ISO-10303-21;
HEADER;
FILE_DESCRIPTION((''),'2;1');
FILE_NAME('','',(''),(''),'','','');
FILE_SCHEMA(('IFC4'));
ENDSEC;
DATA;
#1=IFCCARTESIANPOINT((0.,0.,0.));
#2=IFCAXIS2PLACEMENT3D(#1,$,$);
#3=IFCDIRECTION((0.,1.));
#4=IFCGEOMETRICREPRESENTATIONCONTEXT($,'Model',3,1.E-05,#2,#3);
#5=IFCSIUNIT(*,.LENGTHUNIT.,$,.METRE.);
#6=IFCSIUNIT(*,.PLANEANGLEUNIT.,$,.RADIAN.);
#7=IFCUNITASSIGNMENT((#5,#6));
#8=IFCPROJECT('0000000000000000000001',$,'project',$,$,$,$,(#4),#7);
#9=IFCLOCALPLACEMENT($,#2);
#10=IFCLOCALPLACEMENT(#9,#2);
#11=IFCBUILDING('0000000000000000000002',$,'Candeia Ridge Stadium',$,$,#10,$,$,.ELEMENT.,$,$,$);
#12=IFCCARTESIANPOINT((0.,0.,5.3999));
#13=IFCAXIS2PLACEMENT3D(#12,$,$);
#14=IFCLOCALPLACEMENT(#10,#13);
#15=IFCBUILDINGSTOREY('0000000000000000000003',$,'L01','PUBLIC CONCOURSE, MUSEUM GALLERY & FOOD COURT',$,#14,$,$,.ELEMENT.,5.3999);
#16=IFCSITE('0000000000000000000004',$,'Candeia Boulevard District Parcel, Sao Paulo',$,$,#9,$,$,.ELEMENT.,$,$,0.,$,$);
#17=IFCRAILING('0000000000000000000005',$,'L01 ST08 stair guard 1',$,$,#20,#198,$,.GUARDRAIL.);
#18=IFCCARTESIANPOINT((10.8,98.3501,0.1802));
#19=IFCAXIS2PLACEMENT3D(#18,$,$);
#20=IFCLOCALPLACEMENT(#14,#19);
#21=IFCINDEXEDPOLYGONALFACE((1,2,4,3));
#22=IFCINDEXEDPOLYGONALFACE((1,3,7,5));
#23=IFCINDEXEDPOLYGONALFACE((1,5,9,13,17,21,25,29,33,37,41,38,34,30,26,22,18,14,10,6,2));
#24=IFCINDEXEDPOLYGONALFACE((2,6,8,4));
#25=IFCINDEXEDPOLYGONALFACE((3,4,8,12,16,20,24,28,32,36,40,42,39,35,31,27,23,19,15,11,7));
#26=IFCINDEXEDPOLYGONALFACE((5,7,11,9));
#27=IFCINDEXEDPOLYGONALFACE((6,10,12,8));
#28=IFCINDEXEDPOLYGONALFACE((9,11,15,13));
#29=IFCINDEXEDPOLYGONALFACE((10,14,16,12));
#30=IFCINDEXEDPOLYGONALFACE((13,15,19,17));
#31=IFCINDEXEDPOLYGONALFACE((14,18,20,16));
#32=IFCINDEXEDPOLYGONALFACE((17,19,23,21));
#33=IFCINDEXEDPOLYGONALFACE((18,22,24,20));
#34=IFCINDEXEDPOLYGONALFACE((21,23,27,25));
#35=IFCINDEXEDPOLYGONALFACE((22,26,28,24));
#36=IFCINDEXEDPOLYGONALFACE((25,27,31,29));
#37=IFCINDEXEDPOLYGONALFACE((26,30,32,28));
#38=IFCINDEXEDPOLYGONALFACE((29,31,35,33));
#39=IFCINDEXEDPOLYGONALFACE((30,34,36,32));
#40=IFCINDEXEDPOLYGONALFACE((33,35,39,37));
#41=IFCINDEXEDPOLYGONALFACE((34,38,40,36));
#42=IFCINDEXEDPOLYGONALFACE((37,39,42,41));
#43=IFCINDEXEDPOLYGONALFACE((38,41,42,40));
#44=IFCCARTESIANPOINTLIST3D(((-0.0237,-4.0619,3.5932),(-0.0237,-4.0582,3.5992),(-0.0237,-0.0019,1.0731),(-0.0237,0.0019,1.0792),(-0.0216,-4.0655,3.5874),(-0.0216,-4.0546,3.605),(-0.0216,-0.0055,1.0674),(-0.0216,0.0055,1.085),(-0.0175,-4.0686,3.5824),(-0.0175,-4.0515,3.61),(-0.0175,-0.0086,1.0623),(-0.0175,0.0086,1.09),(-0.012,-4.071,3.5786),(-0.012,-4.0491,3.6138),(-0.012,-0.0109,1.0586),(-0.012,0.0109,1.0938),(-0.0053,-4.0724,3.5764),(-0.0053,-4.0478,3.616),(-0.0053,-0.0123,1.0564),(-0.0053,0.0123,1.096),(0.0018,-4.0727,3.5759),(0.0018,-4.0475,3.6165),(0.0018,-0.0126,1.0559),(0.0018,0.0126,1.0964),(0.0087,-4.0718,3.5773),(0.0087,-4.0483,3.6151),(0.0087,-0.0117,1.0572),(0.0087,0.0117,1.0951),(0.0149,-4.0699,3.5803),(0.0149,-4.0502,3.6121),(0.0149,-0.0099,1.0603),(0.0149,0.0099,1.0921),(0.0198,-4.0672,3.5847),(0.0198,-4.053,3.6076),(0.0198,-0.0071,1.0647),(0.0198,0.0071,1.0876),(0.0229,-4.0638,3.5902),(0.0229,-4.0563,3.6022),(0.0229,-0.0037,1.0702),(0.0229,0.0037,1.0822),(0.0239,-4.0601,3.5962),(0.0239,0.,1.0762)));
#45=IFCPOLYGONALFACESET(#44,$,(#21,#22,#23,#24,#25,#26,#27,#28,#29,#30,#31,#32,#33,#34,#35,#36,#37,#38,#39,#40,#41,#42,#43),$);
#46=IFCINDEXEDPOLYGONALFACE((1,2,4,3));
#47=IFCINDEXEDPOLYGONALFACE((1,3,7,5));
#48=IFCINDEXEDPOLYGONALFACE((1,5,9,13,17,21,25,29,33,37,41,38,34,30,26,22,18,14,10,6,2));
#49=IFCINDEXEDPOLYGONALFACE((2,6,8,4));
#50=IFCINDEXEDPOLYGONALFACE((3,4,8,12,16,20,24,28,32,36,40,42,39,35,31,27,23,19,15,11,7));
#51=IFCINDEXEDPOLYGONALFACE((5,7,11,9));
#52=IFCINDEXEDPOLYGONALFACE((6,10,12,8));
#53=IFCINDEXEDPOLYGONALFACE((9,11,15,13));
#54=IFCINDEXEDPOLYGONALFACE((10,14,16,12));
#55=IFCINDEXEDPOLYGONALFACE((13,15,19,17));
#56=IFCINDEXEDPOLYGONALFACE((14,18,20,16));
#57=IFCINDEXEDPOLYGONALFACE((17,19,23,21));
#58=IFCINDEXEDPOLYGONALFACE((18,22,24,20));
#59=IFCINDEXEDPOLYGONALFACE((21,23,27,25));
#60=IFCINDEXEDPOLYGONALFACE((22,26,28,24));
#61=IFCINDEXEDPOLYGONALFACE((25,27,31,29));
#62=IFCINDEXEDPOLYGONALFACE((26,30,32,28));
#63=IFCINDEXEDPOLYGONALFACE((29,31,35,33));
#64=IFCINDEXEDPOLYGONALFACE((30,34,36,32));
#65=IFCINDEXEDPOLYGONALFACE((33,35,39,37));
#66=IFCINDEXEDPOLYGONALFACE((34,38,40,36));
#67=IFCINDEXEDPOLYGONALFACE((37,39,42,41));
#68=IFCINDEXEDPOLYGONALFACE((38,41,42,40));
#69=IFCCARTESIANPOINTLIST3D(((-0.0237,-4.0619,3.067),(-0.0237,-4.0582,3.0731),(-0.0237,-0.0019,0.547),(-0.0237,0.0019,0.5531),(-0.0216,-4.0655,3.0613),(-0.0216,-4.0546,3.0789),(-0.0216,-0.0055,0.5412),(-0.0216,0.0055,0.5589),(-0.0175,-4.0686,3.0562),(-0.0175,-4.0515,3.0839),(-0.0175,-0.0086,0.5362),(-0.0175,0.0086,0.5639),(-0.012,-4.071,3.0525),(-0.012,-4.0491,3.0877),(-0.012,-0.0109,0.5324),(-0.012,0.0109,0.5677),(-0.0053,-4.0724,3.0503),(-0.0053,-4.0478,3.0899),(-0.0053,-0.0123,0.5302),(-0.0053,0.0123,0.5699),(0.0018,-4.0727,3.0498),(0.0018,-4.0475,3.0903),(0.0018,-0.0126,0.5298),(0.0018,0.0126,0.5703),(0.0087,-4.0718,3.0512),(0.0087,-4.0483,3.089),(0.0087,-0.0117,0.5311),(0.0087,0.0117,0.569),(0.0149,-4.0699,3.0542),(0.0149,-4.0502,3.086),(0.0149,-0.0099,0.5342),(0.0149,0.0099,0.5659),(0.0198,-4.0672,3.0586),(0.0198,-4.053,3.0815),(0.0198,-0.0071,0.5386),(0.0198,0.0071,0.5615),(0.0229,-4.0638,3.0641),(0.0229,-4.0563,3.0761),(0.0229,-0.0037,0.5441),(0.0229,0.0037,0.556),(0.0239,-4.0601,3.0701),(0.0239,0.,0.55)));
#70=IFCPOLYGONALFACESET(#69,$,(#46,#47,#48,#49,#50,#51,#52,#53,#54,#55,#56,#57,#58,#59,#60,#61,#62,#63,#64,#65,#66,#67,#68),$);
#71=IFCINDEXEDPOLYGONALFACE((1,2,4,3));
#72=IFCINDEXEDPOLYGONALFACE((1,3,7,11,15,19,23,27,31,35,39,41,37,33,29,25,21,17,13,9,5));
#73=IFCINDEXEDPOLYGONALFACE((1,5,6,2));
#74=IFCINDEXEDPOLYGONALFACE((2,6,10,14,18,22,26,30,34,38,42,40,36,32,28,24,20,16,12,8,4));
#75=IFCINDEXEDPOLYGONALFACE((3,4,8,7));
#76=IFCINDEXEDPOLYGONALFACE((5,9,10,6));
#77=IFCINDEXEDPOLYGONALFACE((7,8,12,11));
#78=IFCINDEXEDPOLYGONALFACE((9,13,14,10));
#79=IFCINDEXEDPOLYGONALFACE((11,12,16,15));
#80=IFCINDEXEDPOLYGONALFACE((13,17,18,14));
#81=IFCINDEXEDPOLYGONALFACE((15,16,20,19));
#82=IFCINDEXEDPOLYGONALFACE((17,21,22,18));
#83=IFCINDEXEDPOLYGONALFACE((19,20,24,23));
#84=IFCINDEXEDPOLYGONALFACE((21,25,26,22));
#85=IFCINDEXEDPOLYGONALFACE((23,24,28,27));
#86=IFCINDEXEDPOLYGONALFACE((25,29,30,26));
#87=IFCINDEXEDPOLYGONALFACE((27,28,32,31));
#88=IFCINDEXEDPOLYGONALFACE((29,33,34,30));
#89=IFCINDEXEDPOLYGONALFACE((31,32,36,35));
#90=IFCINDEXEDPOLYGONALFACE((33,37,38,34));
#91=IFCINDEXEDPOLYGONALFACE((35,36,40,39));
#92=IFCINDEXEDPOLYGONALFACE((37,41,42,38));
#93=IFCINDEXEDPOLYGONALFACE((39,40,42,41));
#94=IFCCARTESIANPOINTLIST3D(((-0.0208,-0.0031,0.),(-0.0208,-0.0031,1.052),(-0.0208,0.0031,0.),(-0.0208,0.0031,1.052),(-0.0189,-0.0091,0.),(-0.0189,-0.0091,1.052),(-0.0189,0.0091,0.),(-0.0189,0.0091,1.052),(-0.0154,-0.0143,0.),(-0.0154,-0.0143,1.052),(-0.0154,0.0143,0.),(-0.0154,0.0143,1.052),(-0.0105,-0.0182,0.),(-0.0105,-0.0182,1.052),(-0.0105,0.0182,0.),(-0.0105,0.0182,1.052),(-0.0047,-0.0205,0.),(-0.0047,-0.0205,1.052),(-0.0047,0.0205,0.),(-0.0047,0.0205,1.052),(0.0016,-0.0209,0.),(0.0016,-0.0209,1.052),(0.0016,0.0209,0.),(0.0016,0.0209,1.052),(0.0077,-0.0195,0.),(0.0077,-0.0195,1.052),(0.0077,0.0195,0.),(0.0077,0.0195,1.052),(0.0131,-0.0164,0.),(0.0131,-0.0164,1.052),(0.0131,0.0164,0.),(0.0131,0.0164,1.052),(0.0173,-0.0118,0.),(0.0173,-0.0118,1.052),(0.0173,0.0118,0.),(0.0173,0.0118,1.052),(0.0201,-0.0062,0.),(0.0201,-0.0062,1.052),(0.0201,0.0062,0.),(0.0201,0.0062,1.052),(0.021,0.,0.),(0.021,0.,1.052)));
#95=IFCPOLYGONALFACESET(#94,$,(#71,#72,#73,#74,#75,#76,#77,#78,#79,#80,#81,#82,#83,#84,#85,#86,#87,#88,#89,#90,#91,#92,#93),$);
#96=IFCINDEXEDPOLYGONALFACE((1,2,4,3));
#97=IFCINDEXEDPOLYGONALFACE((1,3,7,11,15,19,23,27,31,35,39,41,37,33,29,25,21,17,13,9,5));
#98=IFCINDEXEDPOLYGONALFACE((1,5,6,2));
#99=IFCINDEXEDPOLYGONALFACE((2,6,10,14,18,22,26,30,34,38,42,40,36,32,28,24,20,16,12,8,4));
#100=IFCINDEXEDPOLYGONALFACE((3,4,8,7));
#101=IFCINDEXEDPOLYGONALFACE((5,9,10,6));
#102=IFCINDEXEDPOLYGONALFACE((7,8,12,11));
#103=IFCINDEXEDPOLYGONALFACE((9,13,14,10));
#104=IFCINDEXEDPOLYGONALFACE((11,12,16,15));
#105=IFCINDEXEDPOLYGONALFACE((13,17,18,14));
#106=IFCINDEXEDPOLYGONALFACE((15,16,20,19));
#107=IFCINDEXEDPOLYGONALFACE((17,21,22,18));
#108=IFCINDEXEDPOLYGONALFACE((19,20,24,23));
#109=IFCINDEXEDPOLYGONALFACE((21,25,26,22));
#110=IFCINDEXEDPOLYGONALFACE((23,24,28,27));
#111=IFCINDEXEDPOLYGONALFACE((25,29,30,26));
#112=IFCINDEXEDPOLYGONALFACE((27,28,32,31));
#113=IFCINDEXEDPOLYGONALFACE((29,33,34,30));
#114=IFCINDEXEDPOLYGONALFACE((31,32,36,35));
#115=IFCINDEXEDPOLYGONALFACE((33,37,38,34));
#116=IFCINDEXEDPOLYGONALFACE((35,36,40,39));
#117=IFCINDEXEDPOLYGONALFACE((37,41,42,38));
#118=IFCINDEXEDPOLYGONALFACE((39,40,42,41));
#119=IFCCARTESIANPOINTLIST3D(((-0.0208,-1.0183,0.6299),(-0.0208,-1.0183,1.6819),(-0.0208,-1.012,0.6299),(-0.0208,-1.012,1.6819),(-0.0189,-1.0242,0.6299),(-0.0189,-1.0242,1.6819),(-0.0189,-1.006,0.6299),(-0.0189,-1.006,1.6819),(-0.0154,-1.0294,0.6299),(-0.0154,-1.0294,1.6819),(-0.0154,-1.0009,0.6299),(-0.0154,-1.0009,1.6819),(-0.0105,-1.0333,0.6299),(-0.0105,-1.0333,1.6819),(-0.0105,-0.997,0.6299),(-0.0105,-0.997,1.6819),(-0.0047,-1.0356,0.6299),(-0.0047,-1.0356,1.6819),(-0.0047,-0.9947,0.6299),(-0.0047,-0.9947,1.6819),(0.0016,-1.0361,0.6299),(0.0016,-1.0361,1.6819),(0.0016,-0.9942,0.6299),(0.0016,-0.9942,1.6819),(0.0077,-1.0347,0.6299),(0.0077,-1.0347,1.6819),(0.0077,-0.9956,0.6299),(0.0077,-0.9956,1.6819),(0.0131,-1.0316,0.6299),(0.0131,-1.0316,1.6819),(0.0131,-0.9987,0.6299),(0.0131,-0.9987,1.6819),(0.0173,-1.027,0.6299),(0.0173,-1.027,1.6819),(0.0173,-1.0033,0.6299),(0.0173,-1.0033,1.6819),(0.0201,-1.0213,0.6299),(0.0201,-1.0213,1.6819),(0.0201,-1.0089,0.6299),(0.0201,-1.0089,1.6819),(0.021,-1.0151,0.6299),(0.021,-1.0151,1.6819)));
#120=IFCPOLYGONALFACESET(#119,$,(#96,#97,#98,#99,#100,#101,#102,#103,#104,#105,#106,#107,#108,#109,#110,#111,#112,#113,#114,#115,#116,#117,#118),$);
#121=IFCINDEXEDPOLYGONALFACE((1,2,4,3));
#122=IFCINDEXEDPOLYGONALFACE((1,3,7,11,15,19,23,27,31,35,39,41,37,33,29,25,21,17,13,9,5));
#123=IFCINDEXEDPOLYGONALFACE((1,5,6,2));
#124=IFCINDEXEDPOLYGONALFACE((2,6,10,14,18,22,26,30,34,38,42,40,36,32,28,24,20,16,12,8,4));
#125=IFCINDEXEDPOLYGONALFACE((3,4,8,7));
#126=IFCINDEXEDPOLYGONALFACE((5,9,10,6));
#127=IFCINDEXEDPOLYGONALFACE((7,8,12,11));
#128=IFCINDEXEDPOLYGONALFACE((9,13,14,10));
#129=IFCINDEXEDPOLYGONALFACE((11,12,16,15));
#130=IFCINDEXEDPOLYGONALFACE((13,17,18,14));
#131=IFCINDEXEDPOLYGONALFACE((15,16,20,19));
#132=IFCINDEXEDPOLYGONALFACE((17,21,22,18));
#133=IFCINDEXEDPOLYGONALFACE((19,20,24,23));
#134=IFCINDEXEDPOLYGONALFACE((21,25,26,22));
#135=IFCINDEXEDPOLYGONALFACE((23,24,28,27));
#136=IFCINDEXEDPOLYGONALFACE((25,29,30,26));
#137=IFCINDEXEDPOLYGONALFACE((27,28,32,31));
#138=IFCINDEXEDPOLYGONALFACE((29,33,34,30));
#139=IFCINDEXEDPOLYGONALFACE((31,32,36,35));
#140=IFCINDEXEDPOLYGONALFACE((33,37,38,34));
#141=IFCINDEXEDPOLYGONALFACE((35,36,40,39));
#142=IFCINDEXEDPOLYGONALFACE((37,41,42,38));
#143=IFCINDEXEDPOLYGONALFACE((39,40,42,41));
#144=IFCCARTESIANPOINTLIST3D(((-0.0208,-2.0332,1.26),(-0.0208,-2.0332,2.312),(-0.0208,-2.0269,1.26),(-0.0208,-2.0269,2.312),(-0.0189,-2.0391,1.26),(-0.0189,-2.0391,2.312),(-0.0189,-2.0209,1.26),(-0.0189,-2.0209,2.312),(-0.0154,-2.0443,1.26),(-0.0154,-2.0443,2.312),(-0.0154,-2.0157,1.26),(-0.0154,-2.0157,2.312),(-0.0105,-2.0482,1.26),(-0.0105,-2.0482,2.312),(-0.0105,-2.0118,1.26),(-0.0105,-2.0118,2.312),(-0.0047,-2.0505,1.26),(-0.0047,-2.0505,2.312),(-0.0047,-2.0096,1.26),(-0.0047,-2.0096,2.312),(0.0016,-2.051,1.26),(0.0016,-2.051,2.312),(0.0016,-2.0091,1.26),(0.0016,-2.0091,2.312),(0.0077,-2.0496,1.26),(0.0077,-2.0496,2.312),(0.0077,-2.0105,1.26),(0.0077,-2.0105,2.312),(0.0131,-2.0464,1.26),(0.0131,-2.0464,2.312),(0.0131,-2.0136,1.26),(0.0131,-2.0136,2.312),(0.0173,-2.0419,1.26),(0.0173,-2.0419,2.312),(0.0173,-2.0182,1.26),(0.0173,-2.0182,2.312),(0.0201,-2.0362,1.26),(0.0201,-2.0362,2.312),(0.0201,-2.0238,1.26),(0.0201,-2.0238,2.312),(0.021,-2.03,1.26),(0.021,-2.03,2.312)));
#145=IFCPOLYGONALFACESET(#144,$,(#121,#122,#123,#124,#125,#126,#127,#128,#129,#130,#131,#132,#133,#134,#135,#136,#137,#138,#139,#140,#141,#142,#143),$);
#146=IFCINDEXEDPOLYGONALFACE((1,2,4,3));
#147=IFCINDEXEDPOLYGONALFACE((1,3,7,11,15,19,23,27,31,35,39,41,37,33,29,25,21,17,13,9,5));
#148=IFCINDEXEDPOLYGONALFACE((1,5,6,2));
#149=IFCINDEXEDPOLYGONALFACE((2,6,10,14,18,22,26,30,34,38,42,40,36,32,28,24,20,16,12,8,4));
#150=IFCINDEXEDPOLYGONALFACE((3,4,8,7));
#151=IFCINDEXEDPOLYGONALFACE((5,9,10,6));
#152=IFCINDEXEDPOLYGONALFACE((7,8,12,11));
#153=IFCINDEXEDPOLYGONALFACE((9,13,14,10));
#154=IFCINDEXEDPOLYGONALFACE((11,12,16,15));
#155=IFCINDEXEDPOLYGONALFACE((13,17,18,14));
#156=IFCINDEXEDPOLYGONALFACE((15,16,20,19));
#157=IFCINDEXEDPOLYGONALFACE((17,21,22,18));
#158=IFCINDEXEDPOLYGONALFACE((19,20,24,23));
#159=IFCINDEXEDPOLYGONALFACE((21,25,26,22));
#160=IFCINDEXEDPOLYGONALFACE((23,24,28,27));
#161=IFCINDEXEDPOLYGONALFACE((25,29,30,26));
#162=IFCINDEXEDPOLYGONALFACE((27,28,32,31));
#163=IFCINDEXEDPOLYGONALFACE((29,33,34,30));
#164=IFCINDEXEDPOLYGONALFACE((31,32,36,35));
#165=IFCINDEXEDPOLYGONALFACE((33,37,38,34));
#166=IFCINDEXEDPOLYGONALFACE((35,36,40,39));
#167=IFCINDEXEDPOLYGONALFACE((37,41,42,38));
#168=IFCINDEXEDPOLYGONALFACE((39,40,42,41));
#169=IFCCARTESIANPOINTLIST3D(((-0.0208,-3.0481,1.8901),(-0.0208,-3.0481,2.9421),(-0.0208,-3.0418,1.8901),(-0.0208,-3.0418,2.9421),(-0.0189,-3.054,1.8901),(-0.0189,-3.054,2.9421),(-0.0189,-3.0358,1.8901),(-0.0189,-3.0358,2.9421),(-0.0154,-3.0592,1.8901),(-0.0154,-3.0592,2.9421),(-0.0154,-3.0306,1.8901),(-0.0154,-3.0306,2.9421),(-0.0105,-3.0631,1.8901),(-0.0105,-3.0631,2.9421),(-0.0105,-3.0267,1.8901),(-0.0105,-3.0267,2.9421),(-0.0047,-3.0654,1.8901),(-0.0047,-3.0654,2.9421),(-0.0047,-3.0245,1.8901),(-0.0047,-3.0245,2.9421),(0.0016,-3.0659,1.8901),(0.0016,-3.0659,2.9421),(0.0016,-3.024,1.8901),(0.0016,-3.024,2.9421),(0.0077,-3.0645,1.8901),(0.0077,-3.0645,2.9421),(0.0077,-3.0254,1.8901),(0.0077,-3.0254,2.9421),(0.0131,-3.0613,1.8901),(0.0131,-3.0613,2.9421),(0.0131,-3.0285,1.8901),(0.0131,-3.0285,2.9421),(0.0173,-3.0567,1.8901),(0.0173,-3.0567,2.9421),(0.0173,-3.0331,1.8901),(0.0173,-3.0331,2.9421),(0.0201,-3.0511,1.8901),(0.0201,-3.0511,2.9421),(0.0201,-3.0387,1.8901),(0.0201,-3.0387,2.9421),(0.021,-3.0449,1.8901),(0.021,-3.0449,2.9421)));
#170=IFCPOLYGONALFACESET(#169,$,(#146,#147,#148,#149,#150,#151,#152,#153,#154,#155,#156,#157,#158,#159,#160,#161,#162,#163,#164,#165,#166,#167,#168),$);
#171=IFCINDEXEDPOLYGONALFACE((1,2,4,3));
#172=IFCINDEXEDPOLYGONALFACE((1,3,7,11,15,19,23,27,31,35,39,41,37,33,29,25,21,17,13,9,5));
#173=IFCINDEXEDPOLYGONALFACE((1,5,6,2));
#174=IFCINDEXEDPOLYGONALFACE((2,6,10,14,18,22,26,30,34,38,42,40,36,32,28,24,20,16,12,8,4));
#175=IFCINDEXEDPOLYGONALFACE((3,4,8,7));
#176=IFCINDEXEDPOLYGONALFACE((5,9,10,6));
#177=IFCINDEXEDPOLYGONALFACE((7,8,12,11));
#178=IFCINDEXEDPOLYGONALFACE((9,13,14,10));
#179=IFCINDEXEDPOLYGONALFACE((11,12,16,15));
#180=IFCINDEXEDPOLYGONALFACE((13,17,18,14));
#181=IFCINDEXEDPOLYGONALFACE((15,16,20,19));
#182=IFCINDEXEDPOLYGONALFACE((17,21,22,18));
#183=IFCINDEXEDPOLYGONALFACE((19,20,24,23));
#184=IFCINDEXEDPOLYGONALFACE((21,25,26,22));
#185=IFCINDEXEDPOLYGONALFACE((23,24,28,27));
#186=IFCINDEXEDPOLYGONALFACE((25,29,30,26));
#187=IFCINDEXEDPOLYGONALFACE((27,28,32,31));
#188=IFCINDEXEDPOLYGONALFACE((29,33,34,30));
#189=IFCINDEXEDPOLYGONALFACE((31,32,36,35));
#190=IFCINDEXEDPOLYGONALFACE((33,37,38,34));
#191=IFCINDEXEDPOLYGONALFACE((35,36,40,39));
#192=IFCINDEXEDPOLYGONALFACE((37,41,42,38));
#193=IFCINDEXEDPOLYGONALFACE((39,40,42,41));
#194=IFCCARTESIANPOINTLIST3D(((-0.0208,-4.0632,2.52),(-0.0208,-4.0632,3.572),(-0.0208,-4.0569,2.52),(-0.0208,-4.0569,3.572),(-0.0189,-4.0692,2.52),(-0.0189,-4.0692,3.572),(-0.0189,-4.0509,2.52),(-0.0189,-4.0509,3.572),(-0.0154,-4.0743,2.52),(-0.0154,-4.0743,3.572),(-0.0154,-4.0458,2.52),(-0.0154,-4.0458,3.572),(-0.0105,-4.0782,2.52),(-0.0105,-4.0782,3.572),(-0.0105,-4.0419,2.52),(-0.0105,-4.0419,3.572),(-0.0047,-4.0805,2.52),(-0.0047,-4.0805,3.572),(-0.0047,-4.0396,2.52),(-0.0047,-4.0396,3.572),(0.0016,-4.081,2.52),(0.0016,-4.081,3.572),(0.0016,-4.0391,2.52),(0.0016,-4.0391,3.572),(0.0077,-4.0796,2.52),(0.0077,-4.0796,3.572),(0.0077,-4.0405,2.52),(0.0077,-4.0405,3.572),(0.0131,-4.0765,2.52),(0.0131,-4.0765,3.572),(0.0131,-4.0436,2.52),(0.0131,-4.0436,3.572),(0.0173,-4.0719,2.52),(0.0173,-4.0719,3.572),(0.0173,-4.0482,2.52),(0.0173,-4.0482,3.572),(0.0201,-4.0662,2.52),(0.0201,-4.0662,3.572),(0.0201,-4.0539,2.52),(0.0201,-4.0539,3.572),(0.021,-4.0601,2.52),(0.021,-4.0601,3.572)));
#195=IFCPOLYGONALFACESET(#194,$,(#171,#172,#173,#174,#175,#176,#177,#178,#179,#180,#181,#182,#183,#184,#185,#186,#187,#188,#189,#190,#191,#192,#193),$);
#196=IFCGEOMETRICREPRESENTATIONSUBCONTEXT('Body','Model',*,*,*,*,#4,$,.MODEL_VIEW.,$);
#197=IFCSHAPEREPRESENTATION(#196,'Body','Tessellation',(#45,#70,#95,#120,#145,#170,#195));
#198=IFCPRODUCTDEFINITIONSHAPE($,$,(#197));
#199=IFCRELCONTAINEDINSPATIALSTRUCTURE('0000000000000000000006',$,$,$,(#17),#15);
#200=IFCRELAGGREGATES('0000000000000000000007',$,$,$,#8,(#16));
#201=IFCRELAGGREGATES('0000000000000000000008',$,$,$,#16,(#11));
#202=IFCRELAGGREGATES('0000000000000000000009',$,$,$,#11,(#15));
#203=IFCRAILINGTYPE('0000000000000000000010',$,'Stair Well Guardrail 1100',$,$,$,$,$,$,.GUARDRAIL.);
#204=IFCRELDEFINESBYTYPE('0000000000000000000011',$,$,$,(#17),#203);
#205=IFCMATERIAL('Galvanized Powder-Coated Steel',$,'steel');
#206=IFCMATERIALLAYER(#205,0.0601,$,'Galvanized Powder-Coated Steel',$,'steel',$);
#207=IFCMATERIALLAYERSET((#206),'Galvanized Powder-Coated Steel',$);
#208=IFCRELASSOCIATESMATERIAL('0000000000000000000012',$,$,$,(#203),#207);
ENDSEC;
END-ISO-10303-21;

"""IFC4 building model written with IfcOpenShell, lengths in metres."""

from ifc_helpers import new_model, si_unit, direction, frame, origin, origin_2d, place, context, subcontext, project, spatial, circle, extrude, material, layer, layer_set, type_object, element, save


model = new_model("IFC4")

# Units and contexts
model_context = context("Model", 3, precision=1e-05, world=origin(), true_north=direction((0.0, 1.0)))
body_context = subcontext(model_context, "Body", "Model", "MODEL_VIEW")
ifc_project = project(units=[si_unit("LENGTHUNIT", "METRE"), si_unit("PLANEANGLEUNIT", "RADIAN")], contexts=[model_context])

# Site, building, storey
site_placement = place(None, origin())
site = spatial("IfcSite", under=ifc_project, at=site_placement, Name="Candeia Boulevard District Parcel, Sao Paulo", CompositionType="ELEMENT", RefElevation=0.0)
building_placement = place(site_placement, origin())
building = spatial("IfcBuilding", under=site, at=building_placement, Name="Candeia Ridge Stadium", CompositionType="ELEMENT")
storey_placement = place(building_placement, frame((0.0, 0.0, 5.3999)))
storey = spatial("IfcBuildingStorey", under=building, at=storey_placement, Name="L01", Description="PUBLIC CONCOURSE, MUSEUM GALLERY & FOOD COURT", CompositionType="ELEMENT", Elevation=5.3999)

# Railing
ifc_material_1 = material(Name="Galvanized Powder-Coated Steel", Category="steel")
ifc_layer_1 = layer(ifc_material_1, 0.0601, Name="Galvanized Powder-Coated Steel", Category="steel")
ifc_layer_set_1 = layer_set([ifc_layer_1], Name="Galvanized Powder-Coated Steel")
railing_type_1 = type_object("IfcRailingType", Name="Stair Well Guardrail 1100", PredefinedType="GUARDRAIL", material=ifc_layer_set_1)
railing_1_placement = place(storey_placement, frame((10.8, 98.3501, 0.1802)))
element("IfcRailing", 1, at=railing_1_placement, inside=storey, type_object=railing_type_1, Name="L01 ST08 stair guard 1", PredefinedType="GUARDRAIL", context=body_context, shape_type="SweptSolid", body=[
    extrude(circle(Radius=0.0239, at=origin_2d()), frame((0.0, 0.0, 1.0762), z_axis=(0.0, -0.849642, 0.52736), x_axis=(1.0, 0.0, 0.0)), (0.0, 0.0, 1.0), 4.7786),
    extrude(circle(Radius=0.0239, at=origin_2d()), frame((0.0, 0.0, 0.55), z_axis=(0.0, -0.849642, 0.52736), x_axis=(1.0, 0.0, 0.0)), (0.0, 0.0, 1.0), 4.7786),
    extrude(circle(Radius=0.021, at=origin_2d()), origin(), (0.0, 0.0, 1.0), 1.052),
    extrude(circle(Radius=0.021, at=origin_2d()), frame((0.0, -1.0151, 0.6299)), (0.0, 0.0, 1.0), 1.052),
    extrude(circle(Radius=0.021, at=origin_2d()), frame((0.0, -2.03, 1.26)), (0.0, 0.0, 1.0), 1.052),
    extrude(circle(Radius=0.021, at=origin_2d()), frame((0.0, -3.0449, 1.8901)), (0.0, 0.0, 1.0), 1.052),
    extrude(circle(Radius=0.021, at=origin_2d()), frame((0.0, -4.0601, 2.52)), (0.0, 0.0, 1.0), 1.052),
])

save(model, "model.ifc")
